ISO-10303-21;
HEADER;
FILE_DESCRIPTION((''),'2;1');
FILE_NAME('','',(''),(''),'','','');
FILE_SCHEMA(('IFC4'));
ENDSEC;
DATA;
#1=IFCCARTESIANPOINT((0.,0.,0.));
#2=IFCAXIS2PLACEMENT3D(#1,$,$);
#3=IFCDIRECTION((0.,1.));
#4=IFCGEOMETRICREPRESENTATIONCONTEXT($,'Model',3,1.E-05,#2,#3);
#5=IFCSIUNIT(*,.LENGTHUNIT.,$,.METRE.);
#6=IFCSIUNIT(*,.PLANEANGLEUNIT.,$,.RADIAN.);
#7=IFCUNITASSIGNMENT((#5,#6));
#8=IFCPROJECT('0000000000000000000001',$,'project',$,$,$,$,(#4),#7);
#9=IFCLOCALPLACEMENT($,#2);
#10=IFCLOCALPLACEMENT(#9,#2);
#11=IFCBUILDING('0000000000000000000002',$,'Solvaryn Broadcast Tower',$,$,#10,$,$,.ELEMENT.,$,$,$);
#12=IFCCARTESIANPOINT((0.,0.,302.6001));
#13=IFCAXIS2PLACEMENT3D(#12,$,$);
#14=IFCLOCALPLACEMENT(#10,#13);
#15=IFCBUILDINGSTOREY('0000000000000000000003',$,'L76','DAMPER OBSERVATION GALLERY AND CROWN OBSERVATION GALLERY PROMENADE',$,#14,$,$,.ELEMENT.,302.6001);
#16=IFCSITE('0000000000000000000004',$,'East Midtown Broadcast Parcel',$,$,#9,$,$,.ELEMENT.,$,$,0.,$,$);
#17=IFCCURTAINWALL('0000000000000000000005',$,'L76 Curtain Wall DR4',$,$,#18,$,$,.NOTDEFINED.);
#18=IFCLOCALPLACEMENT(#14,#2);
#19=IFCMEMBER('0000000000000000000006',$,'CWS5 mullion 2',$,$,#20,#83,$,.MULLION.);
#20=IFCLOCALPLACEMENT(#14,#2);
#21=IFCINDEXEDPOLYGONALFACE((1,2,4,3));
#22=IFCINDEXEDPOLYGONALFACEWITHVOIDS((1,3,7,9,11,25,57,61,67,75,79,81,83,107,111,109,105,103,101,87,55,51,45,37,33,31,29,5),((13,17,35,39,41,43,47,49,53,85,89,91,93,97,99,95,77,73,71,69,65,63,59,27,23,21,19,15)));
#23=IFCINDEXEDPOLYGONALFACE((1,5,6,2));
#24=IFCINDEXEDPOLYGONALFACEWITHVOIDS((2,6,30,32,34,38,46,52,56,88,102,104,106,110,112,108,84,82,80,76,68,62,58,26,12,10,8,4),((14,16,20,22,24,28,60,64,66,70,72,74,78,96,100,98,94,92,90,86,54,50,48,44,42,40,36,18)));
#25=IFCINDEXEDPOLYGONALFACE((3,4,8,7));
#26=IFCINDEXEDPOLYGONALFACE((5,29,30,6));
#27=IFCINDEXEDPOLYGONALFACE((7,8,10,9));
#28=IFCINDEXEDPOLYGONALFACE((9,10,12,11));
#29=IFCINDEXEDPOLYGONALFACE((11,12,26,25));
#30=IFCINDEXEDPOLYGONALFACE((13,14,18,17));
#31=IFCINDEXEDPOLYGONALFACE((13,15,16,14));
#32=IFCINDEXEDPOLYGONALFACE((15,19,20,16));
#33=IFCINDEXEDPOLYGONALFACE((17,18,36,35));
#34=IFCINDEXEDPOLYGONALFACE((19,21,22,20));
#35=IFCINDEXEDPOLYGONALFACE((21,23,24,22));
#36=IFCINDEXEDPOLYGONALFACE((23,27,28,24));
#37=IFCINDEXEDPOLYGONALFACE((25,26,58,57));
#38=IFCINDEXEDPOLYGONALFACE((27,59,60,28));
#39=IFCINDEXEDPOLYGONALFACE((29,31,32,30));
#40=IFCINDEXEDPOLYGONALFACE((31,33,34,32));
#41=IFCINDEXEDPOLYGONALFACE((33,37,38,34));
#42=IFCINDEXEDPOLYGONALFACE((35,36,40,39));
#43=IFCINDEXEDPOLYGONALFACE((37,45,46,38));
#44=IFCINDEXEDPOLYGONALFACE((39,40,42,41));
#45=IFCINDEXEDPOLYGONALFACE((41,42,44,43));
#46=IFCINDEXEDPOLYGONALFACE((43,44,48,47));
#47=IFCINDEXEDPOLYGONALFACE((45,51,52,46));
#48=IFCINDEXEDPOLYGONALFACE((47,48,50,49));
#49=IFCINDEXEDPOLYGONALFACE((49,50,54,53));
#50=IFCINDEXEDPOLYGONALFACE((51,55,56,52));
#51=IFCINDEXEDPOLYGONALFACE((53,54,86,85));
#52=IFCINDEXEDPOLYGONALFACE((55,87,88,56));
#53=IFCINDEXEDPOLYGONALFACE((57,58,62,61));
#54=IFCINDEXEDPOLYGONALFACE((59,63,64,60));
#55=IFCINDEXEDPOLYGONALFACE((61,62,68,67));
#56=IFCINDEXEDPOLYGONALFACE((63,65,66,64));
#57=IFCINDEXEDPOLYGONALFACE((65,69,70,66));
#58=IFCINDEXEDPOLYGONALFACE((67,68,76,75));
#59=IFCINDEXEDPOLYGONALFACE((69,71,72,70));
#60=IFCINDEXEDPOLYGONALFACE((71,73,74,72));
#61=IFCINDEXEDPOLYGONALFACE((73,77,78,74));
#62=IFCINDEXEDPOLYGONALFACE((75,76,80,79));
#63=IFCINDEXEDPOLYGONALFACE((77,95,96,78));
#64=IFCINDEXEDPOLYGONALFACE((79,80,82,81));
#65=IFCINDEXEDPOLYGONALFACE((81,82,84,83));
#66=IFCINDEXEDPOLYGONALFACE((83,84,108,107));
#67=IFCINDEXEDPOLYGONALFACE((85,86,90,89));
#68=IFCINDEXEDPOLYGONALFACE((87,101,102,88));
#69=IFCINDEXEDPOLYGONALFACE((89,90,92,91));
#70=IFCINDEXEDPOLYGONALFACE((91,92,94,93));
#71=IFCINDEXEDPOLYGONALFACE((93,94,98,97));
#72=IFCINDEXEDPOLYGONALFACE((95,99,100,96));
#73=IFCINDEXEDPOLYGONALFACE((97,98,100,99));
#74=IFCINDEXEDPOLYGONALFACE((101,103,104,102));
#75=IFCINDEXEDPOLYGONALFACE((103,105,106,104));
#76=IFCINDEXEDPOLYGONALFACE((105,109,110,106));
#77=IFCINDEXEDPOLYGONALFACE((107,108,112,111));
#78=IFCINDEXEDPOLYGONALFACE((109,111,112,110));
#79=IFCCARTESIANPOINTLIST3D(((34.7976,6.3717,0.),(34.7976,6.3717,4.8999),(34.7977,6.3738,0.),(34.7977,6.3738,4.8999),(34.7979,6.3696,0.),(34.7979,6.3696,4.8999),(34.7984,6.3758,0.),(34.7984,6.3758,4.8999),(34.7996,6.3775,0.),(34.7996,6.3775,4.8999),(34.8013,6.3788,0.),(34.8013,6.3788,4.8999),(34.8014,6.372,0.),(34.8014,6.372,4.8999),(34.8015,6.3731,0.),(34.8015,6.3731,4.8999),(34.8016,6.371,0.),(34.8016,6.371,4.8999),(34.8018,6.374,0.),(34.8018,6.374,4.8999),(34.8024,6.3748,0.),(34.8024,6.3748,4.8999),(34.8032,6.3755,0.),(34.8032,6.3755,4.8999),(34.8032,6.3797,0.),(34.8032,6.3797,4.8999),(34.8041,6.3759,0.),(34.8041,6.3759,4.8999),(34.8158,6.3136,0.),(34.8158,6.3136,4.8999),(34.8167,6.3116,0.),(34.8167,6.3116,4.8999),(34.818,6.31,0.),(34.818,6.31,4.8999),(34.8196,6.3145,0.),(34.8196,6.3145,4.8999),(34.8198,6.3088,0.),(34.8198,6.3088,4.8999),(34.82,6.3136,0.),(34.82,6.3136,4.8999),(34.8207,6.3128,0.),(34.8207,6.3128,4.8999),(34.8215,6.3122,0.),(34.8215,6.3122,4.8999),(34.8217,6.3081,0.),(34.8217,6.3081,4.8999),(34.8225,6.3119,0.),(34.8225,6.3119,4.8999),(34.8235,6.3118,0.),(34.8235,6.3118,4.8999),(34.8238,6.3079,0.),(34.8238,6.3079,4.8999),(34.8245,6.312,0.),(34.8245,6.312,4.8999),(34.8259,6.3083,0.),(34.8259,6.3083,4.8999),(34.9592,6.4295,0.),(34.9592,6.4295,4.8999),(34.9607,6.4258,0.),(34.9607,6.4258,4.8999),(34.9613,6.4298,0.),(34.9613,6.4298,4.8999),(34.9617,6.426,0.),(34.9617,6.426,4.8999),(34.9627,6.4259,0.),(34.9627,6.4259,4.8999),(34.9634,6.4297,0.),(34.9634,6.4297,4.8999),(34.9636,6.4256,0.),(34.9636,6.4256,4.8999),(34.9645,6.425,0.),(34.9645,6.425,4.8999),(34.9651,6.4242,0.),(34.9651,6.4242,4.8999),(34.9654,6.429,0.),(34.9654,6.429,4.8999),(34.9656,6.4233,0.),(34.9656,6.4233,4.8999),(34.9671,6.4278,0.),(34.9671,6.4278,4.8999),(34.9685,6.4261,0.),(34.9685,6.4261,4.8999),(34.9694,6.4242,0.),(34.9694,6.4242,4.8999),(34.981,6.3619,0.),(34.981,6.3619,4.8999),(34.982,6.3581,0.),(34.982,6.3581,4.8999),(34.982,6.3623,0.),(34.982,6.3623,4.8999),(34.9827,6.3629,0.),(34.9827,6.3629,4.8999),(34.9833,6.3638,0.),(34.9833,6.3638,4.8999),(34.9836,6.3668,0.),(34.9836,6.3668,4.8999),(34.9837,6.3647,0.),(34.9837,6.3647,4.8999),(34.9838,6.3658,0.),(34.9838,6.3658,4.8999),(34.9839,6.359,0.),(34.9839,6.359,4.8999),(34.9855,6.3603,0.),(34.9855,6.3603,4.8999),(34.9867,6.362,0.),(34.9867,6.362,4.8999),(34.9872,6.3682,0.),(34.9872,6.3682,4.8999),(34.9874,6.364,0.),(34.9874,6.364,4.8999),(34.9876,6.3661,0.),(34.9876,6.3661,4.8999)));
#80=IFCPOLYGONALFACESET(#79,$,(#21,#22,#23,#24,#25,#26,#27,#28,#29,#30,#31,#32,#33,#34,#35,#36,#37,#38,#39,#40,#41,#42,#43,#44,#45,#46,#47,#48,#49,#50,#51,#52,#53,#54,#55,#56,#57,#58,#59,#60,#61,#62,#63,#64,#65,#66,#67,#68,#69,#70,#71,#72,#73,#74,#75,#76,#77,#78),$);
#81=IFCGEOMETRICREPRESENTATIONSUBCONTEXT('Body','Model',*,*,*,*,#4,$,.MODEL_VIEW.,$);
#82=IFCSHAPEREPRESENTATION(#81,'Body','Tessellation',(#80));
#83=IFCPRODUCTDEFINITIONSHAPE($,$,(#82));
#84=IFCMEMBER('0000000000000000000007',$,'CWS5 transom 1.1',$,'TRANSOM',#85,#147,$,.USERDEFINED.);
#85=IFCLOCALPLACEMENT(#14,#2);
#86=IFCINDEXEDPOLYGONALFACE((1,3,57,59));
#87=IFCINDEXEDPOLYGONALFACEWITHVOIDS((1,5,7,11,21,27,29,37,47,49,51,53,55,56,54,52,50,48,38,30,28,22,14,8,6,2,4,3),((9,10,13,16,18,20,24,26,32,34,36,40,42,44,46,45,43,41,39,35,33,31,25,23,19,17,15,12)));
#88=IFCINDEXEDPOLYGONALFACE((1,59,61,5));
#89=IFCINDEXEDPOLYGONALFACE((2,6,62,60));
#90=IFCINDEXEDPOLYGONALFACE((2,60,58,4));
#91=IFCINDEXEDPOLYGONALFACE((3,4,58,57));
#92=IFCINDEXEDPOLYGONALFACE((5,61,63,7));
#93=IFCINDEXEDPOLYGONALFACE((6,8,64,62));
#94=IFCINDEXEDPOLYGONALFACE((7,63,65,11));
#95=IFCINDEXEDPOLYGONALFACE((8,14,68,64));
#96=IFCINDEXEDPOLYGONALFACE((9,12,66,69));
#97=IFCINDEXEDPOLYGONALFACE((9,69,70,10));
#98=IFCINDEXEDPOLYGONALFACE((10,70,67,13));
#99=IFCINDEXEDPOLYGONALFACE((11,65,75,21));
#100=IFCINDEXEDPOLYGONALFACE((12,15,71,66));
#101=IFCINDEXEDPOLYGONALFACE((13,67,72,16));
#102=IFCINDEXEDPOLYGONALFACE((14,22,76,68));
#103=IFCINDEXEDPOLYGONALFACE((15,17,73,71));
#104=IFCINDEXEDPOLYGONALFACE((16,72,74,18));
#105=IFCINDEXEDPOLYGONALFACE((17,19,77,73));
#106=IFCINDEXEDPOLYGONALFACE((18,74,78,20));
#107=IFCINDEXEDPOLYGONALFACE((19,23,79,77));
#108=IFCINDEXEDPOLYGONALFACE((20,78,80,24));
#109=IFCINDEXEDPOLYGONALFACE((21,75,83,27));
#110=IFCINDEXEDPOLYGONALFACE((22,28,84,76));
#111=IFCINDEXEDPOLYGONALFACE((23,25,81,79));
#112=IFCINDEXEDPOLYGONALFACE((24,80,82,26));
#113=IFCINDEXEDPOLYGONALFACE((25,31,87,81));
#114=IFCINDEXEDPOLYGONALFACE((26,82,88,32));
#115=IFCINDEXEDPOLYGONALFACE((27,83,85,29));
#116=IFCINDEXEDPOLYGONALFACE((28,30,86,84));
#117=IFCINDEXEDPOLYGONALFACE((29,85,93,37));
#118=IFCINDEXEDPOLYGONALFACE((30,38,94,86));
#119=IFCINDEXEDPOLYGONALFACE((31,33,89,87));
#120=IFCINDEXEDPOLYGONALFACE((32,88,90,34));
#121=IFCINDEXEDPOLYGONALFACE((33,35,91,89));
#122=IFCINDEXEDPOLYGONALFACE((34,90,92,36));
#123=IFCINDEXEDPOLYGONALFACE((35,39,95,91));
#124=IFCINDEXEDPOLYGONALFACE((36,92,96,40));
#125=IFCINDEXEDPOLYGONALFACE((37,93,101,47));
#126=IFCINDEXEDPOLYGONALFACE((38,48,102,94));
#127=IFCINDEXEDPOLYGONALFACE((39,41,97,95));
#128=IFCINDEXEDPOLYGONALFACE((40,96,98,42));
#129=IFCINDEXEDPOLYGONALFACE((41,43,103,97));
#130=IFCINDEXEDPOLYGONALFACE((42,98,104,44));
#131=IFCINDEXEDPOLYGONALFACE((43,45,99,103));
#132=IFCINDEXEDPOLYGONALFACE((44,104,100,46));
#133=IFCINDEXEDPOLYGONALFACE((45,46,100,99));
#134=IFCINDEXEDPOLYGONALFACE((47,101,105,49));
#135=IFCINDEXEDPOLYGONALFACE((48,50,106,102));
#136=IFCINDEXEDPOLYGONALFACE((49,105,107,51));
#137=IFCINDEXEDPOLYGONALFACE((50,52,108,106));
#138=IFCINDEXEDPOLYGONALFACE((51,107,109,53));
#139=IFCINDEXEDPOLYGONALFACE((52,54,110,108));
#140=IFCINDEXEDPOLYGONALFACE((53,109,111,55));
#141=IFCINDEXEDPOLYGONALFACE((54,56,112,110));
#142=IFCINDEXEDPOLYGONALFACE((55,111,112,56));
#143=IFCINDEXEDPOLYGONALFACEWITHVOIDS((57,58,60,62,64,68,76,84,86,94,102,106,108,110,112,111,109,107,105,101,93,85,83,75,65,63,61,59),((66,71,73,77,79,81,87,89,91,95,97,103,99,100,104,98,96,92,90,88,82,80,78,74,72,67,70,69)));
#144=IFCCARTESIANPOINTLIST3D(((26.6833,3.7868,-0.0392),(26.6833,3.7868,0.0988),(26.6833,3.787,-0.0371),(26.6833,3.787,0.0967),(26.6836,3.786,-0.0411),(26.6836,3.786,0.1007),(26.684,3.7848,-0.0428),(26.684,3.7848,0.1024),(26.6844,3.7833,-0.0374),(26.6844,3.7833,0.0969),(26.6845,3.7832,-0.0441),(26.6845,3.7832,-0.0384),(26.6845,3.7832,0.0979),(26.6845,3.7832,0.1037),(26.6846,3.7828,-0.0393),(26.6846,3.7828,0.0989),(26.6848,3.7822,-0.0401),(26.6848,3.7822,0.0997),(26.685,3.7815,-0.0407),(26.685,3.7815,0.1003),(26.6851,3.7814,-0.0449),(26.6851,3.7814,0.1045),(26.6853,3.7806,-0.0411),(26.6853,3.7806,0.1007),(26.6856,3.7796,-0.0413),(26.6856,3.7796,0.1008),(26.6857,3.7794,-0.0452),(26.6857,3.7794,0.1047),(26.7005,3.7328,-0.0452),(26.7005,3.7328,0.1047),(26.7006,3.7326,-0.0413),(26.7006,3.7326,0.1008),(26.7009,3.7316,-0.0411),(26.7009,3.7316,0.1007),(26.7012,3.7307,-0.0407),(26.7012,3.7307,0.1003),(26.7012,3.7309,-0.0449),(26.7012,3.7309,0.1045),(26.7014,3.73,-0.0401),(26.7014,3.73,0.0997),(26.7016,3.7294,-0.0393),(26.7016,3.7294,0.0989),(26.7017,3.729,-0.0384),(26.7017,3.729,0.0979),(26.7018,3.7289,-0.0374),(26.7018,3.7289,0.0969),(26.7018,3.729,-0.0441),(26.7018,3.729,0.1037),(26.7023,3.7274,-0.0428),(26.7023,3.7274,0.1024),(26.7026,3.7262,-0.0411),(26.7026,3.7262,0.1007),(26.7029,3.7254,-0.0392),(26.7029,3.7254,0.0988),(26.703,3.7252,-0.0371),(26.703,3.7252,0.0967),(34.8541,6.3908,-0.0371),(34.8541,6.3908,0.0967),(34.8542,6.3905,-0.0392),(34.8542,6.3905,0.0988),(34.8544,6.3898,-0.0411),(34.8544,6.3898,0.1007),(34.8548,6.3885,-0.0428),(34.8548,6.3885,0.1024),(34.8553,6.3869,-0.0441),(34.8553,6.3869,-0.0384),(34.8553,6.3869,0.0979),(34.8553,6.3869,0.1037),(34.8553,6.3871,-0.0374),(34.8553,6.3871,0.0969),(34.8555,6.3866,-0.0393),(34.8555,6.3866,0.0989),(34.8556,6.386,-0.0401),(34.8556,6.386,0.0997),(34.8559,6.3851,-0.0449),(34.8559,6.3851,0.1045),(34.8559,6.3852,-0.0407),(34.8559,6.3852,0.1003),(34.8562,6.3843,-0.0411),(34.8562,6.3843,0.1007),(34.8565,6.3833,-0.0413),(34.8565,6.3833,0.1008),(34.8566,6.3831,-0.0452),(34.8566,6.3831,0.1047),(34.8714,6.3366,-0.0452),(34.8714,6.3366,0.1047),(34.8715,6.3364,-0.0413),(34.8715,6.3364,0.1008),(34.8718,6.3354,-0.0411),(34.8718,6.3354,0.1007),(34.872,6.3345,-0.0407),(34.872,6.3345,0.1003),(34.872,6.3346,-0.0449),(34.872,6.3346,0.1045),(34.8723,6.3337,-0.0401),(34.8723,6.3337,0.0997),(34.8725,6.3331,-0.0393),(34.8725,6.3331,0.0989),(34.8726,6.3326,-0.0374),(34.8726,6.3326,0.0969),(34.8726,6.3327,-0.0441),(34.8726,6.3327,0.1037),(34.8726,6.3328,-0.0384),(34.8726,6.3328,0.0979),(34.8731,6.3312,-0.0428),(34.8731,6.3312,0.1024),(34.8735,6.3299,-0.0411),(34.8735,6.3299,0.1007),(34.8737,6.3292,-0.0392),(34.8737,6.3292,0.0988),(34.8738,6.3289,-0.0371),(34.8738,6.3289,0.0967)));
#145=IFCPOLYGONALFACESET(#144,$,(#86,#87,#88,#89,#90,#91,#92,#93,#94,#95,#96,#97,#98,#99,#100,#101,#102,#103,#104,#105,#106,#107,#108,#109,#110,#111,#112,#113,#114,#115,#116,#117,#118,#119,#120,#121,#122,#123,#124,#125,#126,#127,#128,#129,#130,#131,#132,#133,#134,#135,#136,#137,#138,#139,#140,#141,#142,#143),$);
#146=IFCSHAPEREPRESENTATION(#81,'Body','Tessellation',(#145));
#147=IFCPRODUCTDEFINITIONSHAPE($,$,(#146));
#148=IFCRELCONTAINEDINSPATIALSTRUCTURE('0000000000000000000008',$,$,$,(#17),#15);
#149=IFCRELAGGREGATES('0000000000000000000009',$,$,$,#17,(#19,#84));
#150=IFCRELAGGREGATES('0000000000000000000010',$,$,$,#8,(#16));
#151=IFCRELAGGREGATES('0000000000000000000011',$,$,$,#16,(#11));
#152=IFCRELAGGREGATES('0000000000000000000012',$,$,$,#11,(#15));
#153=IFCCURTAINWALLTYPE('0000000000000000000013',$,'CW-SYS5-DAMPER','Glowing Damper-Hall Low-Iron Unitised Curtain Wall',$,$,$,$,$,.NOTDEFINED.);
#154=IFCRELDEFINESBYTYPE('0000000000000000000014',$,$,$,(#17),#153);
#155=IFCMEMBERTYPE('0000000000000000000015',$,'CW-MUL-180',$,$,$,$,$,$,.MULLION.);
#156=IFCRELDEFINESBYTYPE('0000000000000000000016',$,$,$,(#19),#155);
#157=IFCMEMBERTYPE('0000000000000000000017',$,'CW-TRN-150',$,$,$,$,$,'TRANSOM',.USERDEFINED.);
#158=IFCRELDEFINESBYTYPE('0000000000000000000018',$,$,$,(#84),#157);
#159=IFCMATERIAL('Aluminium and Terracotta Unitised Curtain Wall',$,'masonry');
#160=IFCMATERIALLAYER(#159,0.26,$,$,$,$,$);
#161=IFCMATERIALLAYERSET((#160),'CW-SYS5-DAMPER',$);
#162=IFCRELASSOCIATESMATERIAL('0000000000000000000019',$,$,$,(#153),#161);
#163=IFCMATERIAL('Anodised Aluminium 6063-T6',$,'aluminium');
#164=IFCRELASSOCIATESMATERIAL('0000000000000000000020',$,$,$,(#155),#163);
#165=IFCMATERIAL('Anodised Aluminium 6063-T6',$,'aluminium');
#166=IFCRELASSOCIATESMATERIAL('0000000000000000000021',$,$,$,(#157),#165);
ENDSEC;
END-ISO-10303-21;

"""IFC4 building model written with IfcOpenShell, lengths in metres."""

from ifc_helpers import new_model, si_unit, direction, frame, origin, origin_2d, place, context, subcontext, project, spatial, hollow_rectangle, extrude, material, layer, layer_set, material_profile, profile_set, type_object, element, aggregate, save


model = new_model("IFC4")

# Units and contexts
model_context = context("Model", 3, precision=1e-05, world=origin(), true_north=direction((0.0, 1.0)))
body_context = subcontext(model_context, "Body", "Model", "MODEL_VIEW")
ifc_project = project(units=[si_unit("LENGTHUNIT", "METRE"), si_unit("PLANEANGLEUNIT", "RADIAN")], contexts=[model_context])

# Site, building, storey
site_placement = place(None, origin())
site = spatial("IfcSite", under=ifc_project, at=site_placement, Name="East Midtown Broadcast Parcel", CompositionType="ELEMENT", RefElevation=0.0)
building_placement = place(site_placement, origin())
building = spatial("IfcBuilding", under=site, at=building_placement, Name="Solvaryn Broadcast Tower", CompositionType="ELEMENT")
storey_placement = place(building_placement, frame((0.0, 0.0, 302.6001)))
storey = spatial("IfcBuildingStorey", under=building, at=storey_placement, Name="L76", Description="DAMPER OBSERVATION GALLERY AND CROWN OBSERVATION GALLERY PROMENADE", CompositionType="ELEMENT", Elevation=302.6001)

# Shared definitions
ifc_material_1 = material(Name="Aluminium and Terracotta Unitised Curtain Wall", Category="masonry")
ifc_layer_1 = layer(ifc_material_1, 0.26)
ifc_layer_set_1 = layer_set([ifc_layer_1], Name="CW-SYS5-DAMPER")
curtain_wall_type = type_object("IfcCurtainWallType", Name="CW-SYS5-DAMPER", Description="Glowing Damper-Hall Low-Iron Unitised Curtain Wall", PredefinedType="NOTDEFINED", material=ifc_layer_set_1)
ifc_material_2 = material(Name="Anodised Aluminium 6063-T6", Category="aluminium")
ifc_material_profile_1 = material_profile(ifc_material_2, hollow_rectangle(XDim=0.075, YDim=0.1799, WallThickness=0.0039, InnerFilletRadius=0.0039, OuterFilletRadius=0.0081, at=origin_2d()))
ifc_profile_set_1 = profile_set([ifc_material_profile_1], Name="Anodised Aluminium 6063-T6")
member_type_1 = type_object("IfcMemberType", Name="CW-MUL-180", PredefinedType="MULLION", material=ifc_profile_set_1)

# Curtain wall, members
curtain_wall_1_placement = place(storey_placement, origin())
curtain_wall_1 = element("IfcCurtainWall", 1, at=curtain_wall_1_placement, inside=storey, type_object=curtain_wall_type, Name="L76 Curtain Wall DR4", PredefinedType="NOTDEFINED")
member_1_placement = place(storey_placement, frame((34.8926, 6.3689, 0.0), z_axis=(0.0, 0.0, 1.0), x_axis=(-0.303616, 0.952795, 0.0)))
member_1 = element("IfcMember", 2, at=member_1_placement, type_object=member_type_1, Name="CWS5 mullion 2", PredefinedType="MULLION", context=body_context, shape_type="SweptSolid", body=[
    extrude(hollow_rectangle(XDim=0.075, YDim=0.1799, WallThickness=0.0039, InnerFilletRadius=0.0039, OuterFilletRadius=0.0081, at=origin_2d()), origin(), (0.0, 0.0, 1.0), 4.8999),
])
ifc_material_3 = material(Name="Anodised Aluminium 6063-T6", Category="aluminium")
ifc_material_profile_2 = material_profile(ifc_material_3, hollow_rectangle(XDim=0.0649, YDim=0.1499, WallThickness=0.0039, InnerFilletRadius=0.0039, OuterFilletRadius=0.0081, at=origin_2d()))
ifc_profile_set_2 = profile_set([ifc_material_profile_2], Name="Anodised Aluminium 6063-T6")
member_type_2 = type_object("IfcMemberType", Name="CW-TRN-150", ElementType="TRANSOM", PredefinedType="USERDEFINED", material=ifc_profile_set_2)
member_2_placement = place(storey_placement, frame((26.6931, 3.7561, 0.0298), z_axis=(0.952793, 0.30362, 0.0), x_axis=(-0.30362, 0.952793, 0.0)))
member_2 = element("IfcMember", 3, at=member_2_placement, type_object=member_type_2, Name="CWS5 transom 1.1", ObjectType="TRANSOM", PredefinedType="USERDEFINED", context=body_context, shape_type="SweptSolid", body=[
    extrude(hollow_rectangle(XDim=0.0649, YDim=0.1499, WallThickness=0.0039, InnerFilletRadius=0.0039, OuterFilletRadius=0.0081, at=origin_2d()), origin(), (0.0, 0.0, 1.0), 8.5757),
])

aggregate(curtain_wall_1, [member_1, member_2])

save(model, "model.ifc")
